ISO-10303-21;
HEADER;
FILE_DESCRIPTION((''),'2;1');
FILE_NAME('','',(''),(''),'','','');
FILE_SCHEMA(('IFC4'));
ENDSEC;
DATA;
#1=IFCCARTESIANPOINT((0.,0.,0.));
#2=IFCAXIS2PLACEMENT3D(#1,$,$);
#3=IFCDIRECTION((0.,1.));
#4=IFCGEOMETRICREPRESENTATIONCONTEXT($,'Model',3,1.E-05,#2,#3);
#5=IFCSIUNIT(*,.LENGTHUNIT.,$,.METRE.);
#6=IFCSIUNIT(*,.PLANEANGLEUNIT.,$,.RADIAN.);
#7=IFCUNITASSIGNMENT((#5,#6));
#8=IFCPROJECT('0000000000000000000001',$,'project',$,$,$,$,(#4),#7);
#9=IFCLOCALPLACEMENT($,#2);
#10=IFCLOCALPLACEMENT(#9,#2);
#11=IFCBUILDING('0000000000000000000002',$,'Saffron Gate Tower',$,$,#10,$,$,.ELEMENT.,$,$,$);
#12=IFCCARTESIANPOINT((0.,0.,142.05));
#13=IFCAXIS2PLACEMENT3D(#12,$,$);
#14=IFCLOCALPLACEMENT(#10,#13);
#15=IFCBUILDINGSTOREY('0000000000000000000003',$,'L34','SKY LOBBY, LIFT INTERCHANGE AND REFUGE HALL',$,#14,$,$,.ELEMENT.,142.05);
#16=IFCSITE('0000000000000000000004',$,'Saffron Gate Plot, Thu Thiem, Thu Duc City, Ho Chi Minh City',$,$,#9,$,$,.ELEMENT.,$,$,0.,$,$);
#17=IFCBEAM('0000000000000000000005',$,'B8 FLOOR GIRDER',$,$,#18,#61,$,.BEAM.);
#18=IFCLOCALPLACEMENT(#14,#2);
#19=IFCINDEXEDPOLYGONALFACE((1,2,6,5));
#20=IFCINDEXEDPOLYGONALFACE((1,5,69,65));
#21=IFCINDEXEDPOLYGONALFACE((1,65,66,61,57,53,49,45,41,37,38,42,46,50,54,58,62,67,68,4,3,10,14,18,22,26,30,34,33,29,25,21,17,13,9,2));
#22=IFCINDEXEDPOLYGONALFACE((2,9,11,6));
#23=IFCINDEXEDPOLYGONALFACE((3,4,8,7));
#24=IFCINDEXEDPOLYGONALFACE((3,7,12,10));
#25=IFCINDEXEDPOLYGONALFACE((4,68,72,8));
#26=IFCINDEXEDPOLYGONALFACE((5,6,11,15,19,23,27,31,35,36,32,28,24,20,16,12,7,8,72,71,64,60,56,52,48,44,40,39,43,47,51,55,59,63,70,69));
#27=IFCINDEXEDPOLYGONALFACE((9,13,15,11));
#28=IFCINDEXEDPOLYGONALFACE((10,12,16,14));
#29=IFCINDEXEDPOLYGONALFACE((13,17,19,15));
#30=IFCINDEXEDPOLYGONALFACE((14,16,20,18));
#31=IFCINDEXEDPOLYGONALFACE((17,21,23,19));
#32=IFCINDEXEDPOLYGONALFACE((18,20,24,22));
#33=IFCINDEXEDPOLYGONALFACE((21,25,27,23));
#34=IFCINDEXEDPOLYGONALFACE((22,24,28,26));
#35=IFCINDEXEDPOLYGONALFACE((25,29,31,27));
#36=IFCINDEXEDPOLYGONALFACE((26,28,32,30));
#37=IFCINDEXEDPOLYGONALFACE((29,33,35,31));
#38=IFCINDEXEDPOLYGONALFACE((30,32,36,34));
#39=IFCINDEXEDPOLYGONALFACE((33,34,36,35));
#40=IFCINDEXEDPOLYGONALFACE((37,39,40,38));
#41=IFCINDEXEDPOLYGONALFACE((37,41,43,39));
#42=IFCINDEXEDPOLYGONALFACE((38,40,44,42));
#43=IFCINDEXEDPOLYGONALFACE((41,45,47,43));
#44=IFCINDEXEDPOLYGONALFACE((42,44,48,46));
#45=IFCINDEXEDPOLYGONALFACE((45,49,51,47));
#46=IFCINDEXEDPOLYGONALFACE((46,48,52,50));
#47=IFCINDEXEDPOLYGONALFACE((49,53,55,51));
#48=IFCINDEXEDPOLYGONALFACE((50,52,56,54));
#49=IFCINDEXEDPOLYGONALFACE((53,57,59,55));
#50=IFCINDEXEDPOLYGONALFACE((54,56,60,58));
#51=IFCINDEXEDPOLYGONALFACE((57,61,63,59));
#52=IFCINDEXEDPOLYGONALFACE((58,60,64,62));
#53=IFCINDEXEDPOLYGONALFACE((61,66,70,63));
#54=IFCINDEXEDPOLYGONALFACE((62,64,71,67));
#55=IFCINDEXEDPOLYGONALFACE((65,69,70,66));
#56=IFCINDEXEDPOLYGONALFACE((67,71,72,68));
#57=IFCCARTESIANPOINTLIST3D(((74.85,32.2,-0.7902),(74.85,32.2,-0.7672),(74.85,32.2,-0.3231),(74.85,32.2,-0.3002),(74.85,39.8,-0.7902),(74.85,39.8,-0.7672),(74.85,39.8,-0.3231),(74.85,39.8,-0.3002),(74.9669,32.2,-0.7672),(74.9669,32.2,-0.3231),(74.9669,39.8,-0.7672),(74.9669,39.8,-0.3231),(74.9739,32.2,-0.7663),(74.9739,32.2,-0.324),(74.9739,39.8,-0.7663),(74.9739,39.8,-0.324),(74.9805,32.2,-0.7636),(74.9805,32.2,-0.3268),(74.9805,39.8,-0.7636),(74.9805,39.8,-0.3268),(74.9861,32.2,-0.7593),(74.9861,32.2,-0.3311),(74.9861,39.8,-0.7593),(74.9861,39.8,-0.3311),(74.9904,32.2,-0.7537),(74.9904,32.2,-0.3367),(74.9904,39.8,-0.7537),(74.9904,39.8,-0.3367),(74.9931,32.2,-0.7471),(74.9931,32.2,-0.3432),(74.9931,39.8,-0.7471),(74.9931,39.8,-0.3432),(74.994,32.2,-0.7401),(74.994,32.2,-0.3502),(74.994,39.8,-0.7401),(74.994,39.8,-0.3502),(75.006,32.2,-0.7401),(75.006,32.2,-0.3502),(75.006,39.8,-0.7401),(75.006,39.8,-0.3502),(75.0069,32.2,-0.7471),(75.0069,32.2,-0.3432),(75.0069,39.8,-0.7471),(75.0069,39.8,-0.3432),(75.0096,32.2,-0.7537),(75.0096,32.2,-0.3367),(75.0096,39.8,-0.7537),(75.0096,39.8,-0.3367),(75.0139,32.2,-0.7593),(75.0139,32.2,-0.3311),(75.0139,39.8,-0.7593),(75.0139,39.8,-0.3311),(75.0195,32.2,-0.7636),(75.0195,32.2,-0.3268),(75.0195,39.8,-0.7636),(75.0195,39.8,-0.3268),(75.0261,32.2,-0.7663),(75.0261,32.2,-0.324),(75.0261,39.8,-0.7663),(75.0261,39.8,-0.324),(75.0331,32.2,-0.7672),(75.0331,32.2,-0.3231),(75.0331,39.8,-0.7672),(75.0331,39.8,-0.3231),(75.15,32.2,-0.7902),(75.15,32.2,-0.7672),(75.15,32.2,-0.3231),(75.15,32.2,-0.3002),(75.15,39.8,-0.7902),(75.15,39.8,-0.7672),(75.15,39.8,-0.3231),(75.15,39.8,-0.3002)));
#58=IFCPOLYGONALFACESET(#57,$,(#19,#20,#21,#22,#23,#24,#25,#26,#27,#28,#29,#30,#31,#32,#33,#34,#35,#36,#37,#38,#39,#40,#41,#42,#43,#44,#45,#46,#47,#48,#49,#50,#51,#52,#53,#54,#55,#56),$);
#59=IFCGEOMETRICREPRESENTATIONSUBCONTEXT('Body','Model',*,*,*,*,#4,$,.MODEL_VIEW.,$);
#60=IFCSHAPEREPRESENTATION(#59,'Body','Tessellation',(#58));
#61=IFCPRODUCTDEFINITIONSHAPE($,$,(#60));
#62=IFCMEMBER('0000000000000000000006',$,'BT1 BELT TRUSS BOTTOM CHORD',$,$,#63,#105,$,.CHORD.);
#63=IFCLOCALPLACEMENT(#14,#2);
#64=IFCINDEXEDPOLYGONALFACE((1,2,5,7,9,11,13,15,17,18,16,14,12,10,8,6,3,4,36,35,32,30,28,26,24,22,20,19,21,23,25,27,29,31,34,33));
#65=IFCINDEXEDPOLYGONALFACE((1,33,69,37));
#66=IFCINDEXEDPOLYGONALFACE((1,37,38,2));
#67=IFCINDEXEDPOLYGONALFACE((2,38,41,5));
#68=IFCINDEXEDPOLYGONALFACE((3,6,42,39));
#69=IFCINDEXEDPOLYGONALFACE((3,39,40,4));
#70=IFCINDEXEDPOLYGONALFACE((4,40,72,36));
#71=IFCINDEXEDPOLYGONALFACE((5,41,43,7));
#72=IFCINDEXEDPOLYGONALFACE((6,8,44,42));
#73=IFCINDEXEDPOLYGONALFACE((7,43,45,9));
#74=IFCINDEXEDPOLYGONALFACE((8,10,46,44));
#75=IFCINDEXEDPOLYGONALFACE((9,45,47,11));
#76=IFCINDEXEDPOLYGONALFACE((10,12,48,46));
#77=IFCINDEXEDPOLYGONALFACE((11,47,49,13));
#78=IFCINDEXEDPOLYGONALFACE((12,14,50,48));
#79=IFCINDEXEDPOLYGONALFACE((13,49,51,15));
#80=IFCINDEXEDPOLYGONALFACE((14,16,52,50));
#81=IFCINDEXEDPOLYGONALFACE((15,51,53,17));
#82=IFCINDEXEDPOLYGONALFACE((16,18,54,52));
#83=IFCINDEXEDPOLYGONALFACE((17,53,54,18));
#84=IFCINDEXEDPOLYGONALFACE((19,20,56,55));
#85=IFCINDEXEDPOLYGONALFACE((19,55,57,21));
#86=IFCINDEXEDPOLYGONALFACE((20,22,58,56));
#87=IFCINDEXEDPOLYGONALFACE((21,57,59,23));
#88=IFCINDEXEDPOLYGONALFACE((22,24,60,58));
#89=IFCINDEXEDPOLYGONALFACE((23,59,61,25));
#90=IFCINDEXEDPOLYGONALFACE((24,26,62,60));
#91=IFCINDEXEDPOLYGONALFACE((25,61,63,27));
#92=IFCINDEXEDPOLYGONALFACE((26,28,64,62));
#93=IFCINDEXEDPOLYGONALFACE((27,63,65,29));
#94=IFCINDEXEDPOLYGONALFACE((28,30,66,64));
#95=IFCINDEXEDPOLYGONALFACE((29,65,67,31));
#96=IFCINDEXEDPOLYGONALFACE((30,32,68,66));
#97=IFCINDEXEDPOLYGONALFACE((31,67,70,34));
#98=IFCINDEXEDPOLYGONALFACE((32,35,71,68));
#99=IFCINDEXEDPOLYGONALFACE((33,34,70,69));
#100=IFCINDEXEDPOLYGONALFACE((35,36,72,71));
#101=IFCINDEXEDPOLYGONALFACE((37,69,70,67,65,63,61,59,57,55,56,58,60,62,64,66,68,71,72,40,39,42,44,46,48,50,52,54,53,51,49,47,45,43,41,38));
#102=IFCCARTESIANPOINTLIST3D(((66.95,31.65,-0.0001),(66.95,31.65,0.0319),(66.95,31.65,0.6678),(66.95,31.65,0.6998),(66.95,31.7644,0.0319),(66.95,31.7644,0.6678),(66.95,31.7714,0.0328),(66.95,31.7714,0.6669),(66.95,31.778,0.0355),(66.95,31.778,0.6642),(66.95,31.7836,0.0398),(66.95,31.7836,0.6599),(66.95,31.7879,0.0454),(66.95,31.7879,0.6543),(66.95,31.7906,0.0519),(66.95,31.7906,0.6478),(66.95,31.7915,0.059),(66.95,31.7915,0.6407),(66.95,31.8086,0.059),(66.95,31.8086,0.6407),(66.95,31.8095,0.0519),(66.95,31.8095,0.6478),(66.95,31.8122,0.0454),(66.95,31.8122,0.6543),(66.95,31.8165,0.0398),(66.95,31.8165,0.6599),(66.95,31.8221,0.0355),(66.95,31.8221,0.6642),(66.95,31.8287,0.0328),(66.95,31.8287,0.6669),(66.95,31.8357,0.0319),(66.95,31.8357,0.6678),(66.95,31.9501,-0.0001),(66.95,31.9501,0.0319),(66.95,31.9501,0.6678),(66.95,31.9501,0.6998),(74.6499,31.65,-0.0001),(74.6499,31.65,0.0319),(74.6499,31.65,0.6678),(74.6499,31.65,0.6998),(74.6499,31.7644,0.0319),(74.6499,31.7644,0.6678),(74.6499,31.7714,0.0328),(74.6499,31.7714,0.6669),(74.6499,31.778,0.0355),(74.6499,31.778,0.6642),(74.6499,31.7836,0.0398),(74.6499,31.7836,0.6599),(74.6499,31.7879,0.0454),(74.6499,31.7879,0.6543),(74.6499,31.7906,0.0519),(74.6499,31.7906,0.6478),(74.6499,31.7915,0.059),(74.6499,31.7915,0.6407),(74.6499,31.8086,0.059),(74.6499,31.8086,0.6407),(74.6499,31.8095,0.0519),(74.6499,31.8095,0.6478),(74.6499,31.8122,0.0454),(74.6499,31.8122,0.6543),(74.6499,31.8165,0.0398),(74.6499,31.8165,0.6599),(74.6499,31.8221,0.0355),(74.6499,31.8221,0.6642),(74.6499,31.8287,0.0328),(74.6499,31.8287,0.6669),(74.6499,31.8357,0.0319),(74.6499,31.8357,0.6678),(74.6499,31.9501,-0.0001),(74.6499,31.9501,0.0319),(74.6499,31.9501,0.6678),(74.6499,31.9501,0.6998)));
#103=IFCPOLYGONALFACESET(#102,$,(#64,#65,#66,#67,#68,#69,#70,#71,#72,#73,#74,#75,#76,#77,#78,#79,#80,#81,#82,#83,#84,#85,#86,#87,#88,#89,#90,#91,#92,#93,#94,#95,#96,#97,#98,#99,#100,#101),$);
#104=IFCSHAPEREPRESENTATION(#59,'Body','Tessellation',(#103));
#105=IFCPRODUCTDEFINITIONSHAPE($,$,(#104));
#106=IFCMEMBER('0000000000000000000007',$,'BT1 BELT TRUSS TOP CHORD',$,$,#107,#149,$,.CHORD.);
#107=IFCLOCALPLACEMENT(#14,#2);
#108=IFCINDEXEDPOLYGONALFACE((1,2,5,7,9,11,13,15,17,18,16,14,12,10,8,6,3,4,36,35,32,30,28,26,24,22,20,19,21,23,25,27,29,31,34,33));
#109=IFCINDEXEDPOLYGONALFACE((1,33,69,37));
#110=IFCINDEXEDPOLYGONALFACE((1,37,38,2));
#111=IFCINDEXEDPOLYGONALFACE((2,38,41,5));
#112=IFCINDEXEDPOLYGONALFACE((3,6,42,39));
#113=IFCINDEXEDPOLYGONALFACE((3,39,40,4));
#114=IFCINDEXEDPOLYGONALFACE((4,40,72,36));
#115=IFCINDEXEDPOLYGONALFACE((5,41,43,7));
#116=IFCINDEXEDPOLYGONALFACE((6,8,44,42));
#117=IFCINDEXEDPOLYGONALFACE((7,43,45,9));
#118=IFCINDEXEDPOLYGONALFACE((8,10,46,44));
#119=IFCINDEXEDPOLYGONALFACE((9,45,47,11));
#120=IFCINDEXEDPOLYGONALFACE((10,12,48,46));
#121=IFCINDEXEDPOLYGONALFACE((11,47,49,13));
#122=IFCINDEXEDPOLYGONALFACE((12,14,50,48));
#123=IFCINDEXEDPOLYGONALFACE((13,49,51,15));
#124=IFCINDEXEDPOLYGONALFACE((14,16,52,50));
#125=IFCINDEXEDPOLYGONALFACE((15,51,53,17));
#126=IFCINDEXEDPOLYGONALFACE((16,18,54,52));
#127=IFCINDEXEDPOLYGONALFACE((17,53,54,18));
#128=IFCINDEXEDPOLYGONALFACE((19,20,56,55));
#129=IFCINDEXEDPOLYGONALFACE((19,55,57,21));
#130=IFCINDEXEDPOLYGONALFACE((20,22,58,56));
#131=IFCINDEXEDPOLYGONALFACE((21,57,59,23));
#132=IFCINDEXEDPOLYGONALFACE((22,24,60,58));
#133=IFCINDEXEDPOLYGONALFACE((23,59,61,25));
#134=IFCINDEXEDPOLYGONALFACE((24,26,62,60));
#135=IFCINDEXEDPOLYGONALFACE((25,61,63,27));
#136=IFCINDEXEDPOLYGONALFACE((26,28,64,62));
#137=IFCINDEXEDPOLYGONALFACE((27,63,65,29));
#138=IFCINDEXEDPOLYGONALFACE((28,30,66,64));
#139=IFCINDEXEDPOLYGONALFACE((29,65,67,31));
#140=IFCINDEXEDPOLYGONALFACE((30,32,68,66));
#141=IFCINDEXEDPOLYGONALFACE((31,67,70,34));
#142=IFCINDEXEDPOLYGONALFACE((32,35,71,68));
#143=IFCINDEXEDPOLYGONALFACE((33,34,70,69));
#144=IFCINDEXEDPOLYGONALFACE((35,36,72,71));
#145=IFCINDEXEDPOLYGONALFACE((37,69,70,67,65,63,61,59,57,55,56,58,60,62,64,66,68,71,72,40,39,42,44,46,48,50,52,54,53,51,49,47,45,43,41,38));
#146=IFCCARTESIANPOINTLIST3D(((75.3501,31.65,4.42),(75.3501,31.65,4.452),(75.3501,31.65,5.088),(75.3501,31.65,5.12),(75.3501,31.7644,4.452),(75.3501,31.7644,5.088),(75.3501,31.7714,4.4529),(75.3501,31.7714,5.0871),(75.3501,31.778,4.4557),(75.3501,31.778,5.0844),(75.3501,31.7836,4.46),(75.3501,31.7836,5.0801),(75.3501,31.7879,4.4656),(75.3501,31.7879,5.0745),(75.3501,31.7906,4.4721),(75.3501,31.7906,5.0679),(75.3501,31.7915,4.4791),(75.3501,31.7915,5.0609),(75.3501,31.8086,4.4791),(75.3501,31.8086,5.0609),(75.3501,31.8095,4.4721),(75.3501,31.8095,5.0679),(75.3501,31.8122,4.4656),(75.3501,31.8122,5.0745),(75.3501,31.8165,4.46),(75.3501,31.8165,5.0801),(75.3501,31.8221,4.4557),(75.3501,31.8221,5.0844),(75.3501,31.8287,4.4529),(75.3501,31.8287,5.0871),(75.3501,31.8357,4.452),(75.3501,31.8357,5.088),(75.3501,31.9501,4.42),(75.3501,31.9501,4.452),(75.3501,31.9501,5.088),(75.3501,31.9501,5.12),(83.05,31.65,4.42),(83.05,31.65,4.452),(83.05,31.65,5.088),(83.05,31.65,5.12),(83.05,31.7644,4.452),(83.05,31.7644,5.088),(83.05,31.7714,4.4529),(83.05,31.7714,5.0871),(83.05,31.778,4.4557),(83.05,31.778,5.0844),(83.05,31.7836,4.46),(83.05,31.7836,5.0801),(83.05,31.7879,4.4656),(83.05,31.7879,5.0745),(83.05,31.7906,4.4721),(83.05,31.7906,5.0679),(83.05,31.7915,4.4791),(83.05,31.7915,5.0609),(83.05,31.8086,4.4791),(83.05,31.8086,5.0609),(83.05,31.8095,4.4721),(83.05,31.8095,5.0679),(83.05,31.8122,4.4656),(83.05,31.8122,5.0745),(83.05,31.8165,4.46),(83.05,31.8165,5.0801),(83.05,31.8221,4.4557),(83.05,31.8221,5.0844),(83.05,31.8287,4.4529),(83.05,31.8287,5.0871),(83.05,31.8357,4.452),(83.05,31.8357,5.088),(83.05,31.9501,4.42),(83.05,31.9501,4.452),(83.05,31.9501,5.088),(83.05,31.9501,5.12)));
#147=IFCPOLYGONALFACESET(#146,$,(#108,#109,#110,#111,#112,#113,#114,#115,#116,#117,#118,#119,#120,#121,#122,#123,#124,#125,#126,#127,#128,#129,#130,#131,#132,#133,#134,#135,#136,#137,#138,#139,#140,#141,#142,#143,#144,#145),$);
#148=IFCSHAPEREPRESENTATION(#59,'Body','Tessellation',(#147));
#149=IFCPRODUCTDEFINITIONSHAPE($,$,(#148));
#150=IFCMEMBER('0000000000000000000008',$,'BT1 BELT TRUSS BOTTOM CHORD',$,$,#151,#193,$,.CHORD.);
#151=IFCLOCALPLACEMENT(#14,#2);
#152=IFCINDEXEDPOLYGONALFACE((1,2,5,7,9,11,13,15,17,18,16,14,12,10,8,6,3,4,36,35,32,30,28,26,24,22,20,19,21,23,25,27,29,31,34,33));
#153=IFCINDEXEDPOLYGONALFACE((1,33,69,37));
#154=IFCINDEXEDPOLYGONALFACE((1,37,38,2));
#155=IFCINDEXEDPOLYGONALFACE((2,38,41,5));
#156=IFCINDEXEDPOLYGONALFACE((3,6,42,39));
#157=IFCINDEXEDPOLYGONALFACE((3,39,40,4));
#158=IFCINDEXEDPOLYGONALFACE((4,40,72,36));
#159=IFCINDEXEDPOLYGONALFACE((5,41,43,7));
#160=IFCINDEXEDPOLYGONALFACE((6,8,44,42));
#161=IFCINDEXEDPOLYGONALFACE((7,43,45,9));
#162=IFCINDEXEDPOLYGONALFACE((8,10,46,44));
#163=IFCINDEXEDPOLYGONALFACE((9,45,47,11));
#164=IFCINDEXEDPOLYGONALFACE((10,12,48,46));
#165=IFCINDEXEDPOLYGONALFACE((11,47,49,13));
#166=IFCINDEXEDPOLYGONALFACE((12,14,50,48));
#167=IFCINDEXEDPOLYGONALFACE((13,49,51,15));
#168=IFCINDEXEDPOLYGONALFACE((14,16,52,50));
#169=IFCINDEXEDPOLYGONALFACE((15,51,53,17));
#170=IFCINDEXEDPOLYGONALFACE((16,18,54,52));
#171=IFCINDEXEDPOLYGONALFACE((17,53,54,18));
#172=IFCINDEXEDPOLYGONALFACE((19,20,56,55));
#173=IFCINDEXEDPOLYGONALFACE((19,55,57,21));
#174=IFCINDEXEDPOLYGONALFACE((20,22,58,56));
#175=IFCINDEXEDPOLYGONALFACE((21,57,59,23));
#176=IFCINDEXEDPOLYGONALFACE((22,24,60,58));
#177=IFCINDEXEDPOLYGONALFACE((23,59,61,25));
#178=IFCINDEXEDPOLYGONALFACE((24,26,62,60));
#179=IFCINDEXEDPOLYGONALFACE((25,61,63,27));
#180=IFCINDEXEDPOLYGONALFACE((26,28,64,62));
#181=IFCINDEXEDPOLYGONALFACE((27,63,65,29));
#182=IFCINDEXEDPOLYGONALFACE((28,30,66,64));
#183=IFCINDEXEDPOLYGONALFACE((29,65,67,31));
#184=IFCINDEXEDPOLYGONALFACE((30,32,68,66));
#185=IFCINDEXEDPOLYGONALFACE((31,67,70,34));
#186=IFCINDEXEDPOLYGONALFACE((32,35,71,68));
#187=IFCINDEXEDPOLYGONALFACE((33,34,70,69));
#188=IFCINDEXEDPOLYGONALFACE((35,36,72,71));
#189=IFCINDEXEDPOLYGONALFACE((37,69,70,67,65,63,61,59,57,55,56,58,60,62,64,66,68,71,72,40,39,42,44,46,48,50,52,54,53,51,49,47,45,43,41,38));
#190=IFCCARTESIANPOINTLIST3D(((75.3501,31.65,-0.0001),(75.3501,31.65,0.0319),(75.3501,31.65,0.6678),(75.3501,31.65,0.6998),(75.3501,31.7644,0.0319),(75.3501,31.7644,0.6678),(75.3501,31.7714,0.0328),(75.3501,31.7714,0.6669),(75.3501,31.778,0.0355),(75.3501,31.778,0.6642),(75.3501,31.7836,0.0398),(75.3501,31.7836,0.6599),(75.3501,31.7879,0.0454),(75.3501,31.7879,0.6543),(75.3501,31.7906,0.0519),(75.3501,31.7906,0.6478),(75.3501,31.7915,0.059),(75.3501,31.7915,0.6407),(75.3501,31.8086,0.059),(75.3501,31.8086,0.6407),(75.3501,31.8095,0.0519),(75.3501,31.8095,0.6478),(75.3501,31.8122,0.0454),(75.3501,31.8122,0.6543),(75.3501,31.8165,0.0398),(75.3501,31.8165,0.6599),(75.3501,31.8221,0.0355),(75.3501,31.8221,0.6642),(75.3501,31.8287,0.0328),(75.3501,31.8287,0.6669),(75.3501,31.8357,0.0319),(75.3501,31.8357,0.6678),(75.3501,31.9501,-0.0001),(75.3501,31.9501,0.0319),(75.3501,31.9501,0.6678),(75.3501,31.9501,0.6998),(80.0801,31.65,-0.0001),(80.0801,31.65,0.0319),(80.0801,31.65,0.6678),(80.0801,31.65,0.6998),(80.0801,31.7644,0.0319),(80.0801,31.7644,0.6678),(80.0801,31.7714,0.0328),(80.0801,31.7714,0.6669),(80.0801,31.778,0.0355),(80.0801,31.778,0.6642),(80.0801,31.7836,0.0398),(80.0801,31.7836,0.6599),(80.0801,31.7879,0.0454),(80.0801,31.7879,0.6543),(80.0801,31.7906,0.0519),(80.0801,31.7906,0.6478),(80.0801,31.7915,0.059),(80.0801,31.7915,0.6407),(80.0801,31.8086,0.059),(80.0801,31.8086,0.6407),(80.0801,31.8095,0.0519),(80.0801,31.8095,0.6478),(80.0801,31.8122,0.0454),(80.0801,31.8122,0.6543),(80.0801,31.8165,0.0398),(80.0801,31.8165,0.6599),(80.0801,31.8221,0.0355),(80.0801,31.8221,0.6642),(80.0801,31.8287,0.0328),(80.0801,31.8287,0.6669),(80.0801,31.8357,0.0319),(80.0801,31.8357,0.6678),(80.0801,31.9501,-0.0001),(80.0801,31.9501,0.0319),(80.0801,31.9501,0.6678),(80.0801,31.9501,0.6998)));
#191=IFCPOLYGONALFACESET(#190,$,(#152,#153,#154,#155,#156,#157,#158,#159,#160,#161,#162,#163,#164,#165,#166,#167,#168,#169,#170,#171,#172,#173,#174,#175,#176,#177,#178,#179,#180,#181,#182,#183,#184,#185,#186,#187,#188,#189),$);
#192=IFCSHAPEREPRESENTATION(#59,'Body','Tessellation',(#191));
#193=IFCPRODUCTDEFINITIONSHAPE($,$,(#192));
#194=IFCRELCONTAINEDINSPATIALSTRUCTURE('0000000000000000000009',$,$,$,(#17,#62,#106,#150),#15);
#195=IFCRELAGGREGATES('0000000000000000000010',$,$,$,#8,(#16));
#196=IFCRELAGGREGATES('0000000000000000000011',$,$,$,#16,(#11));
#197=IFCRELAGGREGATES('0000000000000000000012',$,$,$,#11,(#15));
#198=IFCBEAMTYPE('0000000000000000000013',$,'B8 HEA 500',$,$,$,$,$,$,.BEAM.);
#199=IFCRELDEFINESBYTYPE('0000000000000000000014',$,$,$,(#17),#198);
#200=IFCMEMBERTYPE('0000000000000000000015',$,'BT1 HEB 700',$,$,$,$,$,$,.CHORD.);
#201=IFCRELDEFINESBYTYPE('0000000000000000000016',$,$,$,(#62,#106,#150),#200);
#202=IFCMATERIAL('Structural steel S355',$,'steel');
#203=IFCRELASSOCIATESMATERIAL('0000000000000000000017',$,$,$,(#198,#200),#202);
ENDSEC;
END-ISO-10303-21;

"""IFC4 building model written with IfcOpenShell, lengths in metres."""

from ifc_helpers import new_model, si_unit, direction, frame, origin, origin_2d, place, context, subcontext, project, spatial, i_section, extrude, material, material_profile, profile_set, type_object, element, save


model = new_model("IFC4")

# Units and contexts
model_context = context("Model", 3, precision=1e-05, world=origin(), true_north=direction((0.0, 1.0)))
body_context = subcontext(model_context, "Body", "Model", "MODEL_VIEW")
ifc_project = project(units=[si_unit("LENGTHUNIT", "METRE"), si_unit("PLANEANGLEUNIT", "RADIAN")], contexts=[model_context])

# Site, building, storey
site_placement = place(None, origin())
site = spatial("IfcSite", under=ifc_project, at=site_placement, Name="Saffron Gate Plot, Thu Thiem, Thu Duc City, Ho Chi Minh City", CompositionType="ELEMENT", RefElevation=0.0)
building_placement = place(site_placement, origin())
building = spatial("IfcBuilding", under=site, at=building_placement, Name="Saffron Gate Tower", CompositionType="ELEMENT")
storey_placement = place(building_placement, frame((0.0, 0.0, 142.05)))
storey = spatial("IfcBuildingStorey", under=building, at=storey_placement, Name="L34", Description="SKY LOBBY, LIFT INTERCHANGE AND REFUGE HALL", CompositionType="ELEMENT", Elevation=142.05)

# Beam
ifc_material_1 = material(Name="Structural steel S355", Category="steel")
ifc_material_profile_1 = material_profile(ifc_material_1, i_section(OverallWidth=0.3, OverallDepth=0.49, WebThickness=0.012, FlangeThickness=0.0229, FilletRadius=0.0271, at=origin_2d()))
ifc_profile_set_1 = profile_set([ifc_material_profile_1], Name="Structural steel S355")
beam_type_1 = type_object("IfcBeamType", Name="B8 HEA 500", PredefinedType="BEAM", material=ifc_profile_set_1)
beam_1_placement = place(storey_placement, frame((75.0, 32.2, -0.5452), z_axis=(0.0, 1.0, 0.0), x_axis=(-1.0, 0.0, 0.0)))
element("IfcBeam", 1, at=beam_1_placement, inside=storey, type_object=beam_type_1, Name="B8 FLOOR GIRDER", PredefinedType="BEAM", context=body_context, shape_type="SweptSolid", body=[
    extrude(i_section(OverallWidth=0.3, OverallDepth=0.49, WebThickness=0.012, FlangeThickness=0.0229, FilletRadius=0.0271, at=origin_2d()), origin(), (0.0, 0.0, 1.0), 7.6001),
])

# Members
ifc_material_profile_2 = material_profile(ifc_material_1, i_section(OverallWidth=0.3, OverallDepth=0.7, WebThickness=0.0171, FlangeThickness=0.032, FilletRadius=0.0271, at=origin_2d()))
ifc_profile_set_2 = profile_set([ifc_material_profile_2], Name="Structural steel S355")
member_type_1 = type_object("IfcMemberType", Name="BT1 HEB 700", PredefinedType="CHORD", material=ifc_profile_set_2)
for number, where, z_axis, x_axis, name in (
    (2, (66.95, 31.8, 0.3499), (1.0, 0.0, 0.0), (0.0, 1.0, 0.0), "BT1 BELT TRUSS BOTTOM CHORD"),
    (3, (75.3501, 31.8, 4.77), (1.0, 0.0, 0.0), (0.0, 1.0, 0.0), "BT1 BELT TRUSS TOP CHORD"),
):
    element("IfcMember", number, at=place(storey_placement, frame(where, z_axis=z_axis, x_axis=x_axis)), inside=storey, type_object=member_type_1, Name=name, PredefinedType="CHORD", context=body_context, shape_type="SweptSolid", body=[
        extrude(i_section(OverallWidth=0.3, OverallDepth=0.7, WebThickness=0.0171, FlangeThickness=0.032, FilletRadius=0.0271, at=origin_2d()), origin(), (0.0, 0.0, 1.0), 7.7),
    ])
member_placement = place(storey_placement, frame((75.3501, 31.8, 0.3499), z_axis=(1.0, 0.0, 0.0), x_axis=(0.0, 1.0, 0.0)))
element("IfcMember", 4, at=member_placement, inside=storey, type_object=member_type_1, Name="BT1 BELT TRUSS BOTTOM CHORD", PredefinedType="CHORD", context=body_context, shape_type="SweptSolid", body=[
    extrude(i_section(OverallWidth=0.3, OverallDepth=0.7, WebThickness=0.0171, FlangeThickness=0.032, FilletRadius=0.0271, at=origin_2d()), origin(), (0.0, 0.0, 1.0), 4.73),
])

save(model, "model.ifc")
